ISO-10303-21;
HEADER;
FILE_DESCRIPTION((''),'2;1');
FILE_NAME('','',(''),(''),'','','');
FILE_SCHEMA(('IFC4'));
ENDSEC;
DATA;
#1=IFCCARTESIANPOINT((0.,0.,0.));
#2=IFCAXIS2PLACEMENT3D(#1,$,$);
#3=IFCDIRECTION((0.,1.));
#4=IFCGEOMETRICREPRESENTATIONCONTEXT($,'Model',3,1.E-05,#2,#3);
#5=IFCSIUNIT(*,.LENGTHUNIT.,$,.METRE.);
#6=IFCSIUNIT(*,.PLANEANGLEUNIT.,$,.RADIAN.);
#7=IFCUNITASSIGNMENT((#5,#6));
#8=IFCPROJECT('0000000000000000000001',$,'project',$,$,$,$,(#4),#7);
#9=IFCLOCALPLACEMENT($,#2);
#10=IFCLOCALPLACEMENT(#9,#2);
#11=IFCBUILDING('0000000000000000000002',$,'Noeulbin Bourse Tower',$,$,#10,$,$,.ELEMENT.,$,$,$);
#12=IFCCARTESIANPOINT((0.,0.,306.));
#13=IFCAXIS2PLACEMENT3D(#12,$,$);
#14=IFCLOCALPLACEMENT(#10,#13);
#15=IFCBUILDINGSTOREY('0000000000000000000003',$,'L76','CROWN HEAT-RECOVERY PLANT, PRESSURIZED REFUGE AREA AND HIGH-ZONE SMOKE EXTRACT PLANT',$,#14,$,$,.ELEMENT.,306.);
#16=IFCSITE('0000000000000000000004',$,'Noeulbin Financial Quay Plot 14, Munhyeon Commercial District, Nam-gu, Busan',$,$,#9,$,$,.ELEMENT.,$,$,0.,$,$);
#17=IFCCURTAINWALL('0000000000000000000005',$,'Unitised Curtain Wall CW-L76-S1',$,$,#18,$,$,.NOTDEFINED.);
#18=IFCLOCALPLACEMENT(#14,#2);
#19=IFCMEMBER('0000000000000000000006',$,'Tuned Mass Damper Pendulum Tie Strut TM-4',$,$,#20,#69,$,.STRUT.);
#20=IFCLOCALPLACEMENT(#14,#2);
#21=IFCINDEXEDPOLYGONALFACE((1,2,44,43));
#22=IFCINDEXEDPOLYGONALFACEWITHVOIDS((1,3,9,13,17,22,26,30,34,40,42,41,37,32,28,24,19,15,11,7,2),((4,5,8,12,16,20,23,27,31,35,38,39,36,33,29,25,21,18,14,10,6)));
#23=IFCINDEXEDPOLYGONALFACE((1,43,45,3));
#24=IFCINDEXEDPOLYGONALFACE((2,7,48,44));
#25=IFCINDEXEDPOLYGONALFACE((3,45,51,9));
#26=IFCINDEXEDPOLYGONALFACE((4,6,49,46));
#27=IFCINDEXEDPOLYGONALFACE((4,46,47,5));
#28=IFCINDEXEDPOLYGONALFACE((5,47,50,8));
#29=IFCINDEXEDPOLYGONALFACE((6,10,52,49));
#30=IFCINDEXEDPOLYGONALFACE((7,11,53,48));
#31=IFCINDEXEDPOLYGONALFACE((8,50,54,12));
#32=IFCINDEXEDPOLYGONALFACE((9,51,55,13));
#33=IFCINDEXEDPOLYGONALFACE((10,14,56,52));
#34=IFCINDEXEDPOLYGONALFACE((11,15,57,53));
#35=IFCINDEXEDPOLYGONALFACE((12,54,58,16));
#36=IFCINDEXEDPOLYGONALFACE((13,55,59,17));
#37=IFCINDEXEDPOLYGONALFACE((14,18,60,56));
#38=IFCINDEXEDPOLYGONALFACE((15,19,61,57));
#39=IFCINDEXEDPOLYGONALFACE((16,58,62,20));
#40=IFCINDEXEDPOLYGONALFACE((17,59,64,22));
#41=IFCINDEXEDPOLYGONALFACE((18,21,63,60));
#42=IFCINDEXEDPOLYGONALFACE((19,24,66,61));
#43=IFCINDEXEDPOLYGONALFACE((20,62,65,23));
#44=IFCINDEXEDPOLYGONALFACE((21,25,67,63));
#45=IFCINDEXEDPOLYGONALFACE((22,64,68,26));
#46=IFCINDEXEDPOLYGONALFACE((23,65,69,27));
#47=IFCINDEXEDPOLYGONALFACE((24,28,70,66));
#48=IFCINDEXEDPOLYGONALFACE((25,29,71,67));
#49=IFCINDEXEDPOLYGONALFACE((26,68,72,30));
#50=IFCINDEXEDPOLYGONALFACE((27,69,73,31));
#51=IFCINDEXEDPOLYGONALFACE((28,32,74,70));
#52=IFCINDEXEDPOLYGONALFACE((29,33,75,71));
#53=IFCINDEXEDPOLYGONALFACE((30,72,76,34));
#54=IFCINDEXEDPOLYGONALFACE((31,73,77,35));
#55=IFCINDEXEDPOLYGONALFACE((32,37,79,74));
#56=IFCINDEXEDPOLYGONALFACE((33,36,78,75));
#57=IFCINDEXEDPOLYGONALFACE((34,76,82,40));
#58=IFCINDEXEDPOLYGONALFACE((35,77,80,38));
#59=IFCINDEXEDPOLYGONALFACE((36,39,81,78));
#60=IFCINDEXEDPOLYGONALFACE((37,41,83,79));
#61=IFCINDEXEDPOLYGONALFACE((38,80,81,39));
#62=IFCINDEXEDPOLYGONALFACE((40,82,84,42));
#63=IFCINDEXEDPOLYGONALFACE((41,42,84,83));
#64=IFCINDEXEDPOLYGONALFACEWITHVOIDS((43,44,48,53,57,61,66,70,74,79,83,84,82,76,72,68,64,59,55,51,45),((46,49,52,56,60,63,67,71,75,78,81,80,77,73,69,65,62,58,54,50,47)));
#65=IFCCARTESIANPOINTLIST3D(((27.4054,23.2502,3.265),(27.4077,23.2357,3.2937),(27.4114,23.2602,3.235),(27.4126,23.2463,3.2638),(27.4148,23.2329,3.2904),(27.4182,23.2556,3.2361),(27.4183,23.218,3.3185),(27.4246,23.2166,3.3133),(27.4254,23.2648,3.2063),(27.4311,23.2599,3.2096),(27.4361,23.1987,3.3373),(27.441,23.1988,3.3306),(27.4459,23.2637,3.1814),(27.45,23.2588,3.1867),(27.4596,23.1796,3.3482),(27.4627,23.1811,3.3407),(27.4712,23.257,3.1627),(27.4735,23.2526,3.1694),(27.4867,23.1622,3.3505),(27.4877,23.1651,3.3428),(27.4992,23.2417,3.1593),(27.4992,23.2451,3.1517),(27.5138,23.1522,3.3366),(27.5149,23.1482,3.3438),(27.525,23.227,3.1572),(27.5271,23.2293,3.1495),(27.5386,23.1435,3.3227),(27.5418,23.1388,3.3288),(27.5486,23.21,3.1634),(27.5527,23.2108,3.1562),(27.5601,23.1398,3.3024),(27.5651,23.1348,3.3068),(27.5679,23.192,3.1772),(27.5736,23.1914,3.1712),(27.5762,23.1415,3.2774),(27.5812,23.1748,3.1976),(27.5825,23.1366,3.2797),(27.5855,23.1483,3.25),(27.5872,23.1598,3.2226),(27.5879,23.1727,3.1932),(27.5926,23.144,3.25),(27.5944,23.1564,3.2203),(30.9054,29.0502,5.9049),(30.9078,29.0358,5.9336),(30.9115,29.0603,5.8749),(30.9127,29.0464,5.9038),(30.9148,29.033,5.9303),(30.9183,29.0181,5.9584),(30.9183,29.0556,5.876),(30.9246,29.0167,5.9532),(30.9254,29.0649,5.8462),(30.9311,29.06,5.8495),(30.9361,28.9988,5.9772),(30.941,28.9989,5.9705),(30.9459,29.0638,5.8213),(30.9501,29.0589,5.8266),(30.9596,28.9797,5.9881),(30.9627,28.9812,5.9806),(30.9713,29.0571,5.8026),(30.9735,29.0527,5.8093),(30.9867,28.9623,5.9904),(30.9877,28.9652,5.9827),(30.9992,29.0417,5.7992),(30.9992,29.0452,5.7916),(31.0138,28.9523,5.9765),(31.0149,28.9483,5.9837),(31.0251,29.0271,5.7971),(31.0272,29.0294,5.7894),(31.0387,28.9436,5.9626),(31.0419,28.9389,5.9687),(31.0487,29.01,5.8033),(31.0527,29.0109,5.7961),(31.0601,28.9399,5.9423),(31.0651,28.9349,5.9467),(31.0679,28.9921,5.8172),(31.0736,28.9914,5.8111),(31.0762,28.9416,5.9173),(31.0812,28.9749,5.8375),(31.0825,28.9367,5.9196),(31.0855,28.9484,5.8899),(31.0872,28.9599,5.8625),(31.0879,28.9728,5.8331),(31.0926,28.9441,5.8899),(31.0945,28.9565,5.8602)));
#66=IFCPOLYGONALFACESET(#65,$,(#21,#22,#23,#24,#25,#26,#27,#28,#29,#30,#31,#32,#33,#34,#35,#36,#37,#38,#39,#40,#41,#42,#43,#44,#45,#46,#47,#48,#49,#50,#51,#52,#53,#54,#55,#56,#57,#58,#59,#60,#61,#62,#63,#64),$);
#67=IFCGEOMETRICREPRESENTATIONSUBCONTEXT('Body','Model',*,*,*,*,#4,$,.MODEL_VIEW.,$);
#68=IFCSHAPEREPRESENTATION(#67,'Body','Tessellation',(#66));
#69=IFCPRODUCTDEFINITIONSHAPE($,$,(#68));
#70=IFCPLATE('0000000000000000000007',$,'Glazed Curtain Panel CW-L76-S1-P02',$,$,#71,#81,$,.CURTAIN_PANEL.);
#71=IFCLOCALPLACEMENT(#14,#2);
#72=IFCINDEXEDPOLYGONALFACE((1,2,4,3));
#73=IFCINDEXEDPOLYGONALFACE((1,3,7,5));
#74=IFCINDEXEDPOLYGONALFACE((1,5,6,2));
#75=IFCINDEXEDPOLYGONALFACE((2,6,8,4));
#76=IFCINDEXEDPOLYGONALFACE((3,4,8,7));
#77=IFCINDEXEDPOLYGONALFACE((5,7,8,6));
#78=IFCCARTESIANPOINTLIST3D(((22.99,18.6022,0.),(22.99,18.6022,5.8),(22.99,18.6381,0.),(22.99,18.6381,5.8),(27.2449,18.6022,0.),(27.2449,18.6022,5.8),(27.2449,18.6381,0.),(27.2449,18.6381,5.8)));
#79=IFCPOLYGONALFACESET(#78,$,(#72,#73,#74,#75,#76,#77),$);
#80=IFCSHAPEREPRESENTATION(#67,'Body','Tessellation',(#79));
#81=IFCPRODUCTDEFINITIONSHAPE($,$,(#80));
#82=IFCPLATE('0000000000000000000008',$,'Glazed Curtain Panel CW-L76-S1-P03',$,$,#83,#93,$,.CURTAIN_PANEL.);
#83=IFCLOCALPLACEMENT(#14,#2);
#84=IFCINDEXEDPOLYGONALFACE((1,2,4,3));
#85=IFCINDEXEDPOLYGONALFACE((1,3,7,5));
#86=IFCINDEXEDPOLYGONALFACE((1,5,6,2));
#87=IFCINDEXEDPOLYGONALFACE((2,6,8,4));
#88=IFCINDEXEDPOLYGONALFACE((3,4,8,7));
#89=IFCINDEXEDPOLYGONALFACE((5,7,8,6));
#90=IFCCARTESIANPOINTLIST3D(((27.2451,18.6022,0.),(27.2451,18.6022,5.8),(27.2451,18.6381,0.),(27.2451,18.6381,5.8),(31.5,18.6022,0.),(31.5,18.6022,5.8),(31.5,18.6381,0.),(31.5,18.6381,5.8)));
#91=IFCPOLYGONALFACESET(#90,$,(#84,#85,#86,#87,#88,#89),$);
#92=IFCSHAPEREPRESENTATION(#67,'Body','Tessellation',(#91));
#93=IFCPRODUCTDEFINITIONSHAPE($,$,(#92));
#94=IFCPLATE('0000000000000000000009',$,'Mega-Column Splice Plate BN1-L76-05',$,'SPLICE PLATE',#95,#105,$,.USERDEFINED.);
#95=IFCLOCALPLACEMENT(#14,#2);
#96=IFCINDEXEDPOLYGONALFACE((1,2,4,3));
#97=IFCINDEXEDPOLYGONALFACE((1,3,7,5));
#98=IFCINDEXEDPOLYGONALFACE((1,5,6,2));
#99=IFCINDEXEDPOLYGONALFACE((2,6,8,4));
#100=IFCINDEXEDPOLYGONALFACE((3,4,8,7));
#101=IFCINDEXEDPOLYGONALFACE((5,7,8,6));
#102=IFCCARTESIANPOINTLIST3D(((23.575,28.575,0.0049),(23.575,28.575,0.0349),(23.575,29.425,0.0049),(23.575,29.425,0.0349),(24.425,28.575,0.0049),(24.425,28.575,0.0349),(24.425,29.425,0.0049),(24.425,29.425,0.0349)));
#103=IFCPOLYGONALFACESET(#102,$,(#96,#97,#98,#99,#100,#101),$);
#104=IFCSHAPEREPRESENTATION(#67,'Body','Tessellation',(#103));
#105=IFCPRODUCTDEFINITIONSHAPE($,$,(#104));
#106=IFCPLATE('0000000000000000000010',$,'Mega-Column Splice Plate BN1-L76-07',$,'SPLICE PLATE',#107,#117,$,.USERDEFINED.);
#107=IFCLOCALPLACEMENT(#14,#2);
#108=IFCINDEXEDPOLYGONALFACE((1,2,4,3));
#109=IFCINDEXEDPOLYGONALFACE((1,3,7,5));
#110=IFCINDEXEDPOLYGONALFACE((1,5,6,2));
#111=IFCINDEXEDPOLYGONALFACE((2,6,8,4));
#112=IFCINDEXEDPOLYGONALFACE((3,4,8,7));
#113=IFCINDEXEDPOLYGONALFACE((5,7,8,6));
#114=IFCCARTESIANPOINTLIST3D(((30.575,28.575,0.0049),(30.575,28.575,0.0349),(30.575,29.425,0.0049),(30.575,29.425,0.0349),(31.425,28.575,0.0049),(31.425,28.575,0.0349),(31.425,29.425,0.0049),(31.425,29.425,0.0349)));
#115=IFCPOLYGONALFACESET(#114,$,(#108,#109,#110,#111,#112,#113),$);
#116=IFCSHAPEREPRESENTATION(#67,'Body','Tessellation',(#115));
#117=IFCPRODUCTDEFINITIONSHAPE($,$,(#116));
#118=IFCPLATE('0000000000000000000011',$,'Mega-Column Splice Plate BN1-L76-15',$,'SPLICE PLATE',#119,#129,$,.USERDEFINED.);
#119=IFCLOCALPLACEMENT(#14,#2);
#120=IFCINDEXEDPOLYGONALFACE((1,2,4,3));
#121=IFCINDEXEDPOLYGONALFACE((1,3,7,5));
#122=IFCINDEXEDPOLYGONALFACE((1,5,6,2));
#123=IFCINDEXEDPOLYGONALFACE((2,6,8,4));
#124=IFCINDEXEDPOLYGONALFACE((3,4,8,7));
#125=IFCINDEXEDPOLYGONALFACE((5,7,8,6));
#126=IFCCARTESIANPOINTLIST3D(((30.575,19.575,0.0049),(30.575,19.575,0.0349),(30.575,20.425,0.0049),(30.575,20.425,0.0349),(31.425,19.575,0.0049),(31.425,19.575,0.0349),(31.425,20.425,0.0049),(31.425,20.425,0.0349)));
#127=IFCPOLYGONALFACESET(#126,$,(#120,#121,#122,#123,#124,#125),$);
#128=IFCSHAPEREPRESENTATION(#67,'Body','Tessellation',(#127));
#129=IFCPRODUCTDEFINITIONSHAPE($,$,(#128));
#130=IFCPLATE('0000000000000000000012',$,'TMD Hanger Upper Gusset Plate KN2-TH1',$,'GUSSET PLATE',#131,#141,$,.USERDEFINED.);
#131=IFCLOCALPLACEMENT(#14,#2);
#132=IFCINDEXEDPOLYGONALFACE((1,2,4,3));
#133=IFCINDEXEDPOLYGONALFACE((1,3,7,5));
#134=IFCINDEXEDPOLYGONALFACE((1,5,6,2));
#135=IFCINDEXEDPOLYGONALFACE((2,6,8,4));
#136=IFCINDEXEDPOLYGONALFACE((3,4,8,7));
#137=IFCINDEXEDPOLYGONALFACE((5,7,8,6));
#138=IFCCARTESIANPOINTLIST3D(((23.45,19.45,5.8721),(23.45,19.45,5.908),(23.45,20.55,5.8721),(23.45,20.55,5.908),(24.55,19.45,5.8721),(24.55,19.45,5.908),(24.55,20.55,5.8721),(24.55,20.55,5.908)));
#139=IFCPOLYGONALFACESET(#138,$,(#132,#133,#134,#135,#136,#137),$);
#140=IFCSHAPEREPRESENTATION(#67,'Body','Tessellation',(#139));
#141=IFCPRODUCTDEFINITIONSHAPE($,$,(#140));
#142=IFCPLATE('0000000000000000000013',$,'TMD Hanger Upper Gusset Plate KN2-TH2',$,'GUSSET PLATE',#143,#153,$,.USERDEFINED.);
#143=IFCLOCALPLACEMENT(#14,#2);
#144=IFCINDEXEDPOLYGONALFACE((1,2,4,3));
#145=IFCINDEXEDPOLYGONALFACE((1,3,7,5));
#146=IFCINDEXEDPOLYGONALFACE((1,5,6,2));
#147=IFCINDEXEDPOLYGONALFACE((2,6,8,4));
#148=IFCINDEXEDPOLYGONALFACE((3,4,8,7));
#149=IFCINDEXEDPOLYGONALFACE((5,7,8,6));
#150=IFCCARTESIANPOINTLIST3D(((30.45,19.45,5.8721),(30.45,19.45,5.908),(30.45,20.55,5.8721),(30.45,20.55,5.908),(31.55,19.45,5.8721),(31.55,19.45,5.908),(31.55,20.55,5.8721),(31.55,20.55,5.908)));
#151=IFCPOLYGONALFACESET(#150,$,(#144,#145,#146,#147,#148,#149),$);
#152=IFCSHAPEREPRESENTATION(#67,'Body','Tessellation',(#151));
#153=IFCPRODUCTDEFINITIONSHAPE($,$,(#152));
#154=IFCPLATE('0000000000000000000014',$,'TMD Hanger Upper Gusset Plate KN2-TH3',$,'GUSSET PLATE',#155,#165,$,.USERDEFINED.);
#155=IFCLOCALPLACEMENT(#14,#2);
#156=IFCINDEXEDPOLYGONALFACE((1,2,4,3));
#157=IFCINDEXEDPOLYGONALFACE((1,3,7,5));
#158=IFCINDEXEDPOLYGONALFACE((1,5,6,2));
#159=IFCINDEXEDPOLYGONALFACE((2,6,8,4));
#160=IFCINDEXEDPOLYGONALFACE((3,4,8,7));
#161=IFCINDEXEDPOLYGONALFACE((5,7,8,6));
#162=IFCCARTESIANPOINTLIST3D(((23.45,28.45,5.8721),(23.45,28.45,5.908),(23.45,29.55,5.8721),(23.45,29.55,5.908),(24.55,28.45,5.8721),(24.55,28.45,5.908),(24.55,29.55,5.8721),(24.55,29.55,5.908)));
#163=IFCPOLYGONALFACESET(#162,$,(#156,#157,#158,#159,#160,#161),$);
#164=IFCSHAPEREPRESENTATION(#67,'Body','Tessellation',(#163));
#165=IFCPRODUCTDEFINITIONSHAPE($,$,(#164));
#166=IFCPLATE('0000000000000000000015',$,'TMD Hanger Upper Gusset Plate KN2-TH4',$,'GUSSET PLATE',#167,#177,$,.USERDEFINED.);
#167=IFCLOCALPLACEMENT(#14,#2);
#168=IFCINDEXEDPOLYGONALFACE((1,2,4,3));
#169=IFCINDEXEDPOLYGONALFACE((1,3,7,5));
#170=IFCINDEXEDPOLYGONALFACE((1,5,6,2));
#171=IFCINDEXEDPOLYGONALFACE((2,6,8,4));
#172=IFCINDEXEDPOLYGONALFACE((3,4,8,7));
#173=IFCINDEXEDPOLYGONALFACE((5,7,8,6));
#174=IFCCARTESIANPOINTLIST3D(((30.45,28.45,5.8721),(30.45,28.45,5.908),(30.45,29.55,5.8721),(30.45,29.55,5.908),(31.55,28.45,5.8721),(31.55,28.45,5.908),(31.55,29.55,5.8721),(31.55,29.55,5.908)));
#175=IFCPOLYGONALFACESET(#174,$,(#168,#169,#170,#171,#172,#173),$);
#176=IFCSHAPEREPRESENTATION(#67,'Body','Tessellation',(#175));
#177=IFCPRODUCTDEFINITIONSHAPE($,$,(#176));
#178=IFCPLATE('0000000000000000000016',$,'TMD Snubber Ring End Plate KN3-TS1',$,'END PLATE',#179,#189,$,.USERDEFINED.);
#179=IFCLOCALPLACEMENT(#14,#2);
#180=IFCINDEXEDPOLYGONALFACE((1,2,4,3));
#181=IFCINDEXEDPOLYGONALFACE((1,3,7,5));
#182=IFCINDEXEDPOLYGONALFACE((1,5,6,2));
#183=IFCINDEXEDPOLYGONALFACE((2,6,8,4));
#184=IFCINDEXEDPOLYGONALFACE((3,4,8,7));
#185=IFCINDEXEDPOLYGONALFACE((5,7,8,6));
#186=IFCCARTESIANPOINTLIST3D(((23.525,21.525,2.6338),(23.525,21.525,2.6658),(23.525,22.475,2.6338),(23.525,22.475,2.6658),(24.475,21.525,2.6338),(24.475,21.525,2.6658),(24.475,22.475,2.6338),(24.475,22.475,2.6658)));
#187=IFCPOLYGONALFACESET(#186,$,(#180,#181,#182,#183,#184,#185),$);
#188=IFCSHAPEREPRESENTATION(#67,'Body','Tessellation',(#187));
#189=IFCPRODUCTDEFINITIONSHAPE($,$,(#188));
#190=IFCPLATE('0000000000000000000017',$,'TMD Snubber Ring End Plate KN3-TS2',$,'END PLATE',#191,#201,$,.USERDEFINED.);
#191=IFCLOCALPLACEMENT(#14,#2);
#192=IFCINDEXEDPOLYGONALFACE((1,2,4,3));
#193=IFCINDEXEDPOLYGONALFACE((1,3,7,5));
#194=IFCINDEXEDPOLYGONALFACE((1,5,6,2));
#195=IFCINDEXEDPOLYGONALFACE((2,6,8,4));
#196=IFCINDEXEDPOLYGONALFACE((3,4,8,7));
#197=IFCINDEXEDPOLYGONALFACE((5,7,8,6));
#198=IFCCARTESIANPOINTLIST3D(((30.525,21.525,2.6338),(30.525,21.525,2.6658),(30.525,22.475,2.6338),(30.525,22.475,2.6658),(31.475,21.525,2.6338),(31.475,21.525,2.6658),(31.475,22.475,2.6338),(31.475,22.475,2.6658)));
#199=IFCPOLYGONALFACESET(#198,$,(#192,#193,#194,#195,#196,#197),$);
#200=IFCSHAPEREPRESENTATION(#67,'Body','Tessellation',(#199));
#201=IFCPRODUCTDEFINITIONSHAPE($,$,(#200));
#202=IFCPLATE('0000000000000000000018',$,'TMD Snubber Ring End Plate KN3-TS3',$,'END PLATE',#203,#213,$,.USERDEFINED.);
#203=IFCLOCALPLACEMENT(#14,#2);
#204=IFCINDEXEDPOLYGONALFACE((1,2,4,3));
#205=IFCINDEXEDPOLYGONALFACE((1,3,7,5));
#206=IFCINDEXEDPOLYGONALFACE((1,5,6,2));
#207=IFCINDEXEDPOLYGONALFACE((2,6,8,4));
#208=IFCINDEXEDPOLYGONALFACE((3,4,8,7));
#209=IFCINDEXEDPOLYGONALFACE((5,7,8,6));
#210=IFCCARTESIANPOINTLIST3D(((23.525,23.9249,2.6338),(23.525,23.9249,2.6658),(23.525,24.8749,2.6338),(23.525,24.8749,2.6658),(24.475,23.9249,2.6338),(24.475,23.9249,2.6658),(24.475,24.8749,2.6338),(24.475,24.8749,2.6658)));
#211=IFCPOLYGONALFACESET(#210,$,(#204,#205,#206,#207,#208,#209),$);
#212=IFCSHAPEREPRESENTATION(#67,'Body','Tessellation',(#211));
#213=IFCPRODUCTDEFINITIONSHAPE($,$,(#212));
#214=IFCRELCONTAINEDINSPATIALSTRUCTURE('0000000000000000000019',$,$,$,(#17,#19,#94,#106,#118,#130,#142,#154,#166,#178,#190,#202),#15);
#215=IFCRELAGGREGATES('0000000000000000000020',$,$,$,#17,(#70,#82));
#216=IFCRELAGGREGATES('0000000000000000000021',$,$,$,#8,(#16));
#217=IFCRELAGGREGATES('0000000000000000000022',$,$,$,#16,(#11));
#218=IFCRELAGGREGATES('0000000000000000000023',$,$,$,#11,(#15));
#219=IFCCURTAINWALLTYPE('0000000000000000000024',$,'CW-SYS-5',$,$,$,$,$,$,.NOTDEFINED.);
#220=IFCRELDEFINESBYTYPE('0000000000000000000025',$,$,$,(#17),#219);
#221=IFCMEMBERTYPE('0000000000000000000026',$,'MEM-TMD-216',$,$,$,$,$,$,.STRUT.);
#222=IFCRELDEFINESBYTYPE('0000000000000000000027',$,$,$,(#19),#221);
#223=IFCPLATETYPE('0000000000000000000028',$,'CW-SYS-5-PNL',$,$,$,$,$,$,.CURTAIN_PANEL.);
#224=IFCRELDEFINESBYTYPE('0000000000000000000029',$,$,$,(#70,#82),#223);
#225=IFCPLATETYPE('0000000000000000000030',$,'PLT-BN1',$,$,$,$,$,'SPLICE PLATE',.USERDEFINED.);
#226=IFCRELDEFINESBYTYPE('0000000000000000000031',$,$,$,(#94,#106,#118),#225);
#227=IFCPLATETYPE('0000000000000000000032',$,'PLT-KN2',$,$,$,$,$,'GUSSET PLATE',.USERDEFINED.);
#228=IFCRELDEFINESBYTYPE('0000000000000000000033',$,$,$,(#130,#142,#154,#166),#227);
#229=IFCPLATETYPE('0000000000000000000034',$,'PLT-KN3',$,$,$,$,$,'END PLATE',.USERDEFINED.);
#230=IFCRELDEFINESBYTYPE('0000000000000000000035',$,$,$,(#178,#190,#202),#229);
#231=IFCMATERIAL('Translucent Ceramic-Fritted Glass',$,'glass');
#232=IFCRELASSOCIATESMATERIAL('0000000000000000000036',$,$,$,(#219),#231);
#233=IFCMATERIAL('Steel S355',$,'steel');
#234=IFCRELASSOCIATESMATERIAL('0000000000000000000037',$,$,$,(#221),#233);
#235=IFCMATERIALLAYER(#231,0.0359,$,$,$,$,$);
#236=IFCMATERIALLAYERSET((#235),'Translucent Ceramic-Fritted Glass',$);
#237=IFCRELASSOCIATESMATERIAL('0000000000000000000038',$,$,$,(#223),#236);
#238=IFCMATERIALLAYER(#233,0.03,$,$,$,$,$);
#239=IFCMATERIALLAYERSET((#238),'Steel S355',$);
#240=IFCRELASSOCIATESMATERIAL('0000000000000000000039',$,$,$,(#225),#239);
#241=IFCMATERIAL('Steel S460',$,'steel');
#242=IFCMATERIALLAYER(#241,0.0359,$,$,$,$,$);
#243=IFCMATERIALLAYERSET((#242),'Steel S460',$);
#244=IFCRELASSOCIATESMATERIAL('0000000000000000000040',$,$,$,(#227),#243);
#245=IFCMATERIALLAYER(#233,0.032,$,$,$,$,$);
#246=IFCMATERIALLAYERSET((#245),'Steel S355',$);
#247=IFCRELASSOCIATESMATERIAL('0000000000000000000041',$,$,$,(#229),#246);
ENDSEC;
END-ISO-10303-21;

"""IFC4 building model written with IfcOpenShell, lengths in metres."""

from ifc_helpers import new_model, si_unit, direction, frame, origin, origin_2d, place, context, subcontext, project, spatial, rectangle, hollow_circle, extrude, material, layer, layer_set, material_profile, profile_set, type_object, element, aggregate, save


model = new_model("IFC4")

# Units and contexts
model_context = context("Model", 3, precision=1e-05, world=origin(), true_north=direction((0.0, 1.0)))
body_context = subcontext(model_context, "Body", "Model", "MODEL_VIEW")
ifc_project = project(units=[si_unit("LENGTHUNIT", "METRE"), si_unit("PLANEANGLEUNIT", "RADIAN")], contexts=[model_context])

# Site, building, storey
site_placement = place(None, origin())
site = spatial("IfcSite", under=ifc_project, at=site_placement, Name="Noeulbin Financial Quay Plot 14, Munhyeon Commercial District, Nam-gu, Busan", CompositionType="ELEMENT", RefElevation=0.0)
building_placement = place(site_placement, origin())
building = spatial("IfcBuilding", under=site, at=building_placement, Name="Noeulbin Bourse Tower", CompositionType="ELEMENT")
storey_placement = place(building_placement, frame((0.0, 0.0, 306.0)))
storey = spatial("IfcBuildingStorey", under=building, at=storey_placement, Name="L76", Description="CROWN HEAT-RECOVERY PLANT, PRESSURIZED REFUGE AREA AND HIGH-ZONE SMOKE EXTRACT PLANT", CompositionType="ELEMENT", Elevation=306.0)

# Shared definitions
ifc_material_1 = material(Name="Steel S355", Category="steel")

# Shared definitions
ifc_material_2 = material(Name="Steel S460", Category="steel")

# Curtain wall
ifc_material_3 = material(Name="Translucent Ceramic-Fritted Glass", Category="glass")
curtain_wall_type = type_object("IfcCurtainWallType", Name="CW-SYS-5", PredefinedType="NOTDEFINED", material=ifc_material_3)
curtain_wall_placement = place(storey_placement, origin())
curtain_wall = element("IfcCurtainWall", 1, at=curtain_wall_placement, inside=storey, type_object=curtain_wall_type, Name="Unitised Curtain Wall CW-L76-S1", PredefinedType="NOTDEFINED")

# Member
ifc_material_profile_1 = material_profile(ifc_material_1, hollow_circle(Radius=0.1082, WallThickness=0.0083, at=origin_2d()), Name="CHS-216.3x8.2", Category="LoadBearing")
ifc_profile_set_1 = profile_set([ifc_material_profile_1], Name="Steel S355")
member_type_1 = type_object("IfcMemberType", Name="MEM-TMD-216", PredefinedType="STRUT", material=ifc_profile_set_1)
for number, where, z_axis, x_axis, name in (
    (2, (31.0, 29.0, 5.8899), (-0.4814, -0.797755, -0.363098), (0.85619, -0.516662, 0.0), "Tuned Mass Damper Pendulum Tie Strut TM-4"),
):
    element("IfcMember", number, at=place(storey_placement, frame(where, z_axis=z_axis, x_axis=x_axis)), inside=storey, type_object=member_type_1, Name=name, PredefinedType="STRUT", context=body_context, shape_type="SweptSolid", body=[
        extrude(hollow_circle(Radius=0.1082, WallThickness=0.0083, at=origin_2d()), origin(), (0.0, 0.0, 1.0), 7.2705),
    ])

# Plates
ifc_layer_1 = layer(ifc_material_3, 0.0359)
ifc_layer_set_1 = layer_set([ifc_layer_1], Name="Translucent Ceramic-Fritted Glass")
plate_type_1 = type_object("IfcPlateType", Name="CW-SYS-5-PNL", PredefinedType="CURTAIN_PANEL", material=ifc_layer_set_1)
plate_1_placement = place(storey_placement, frame((25.1174, 18.6201, 0.0), z_axis=(0.0, 0.0, 1.0), x_axis=(1.0, 0.0, 0.0)))
plate_1 = element("IfcPlate", 3, at=plate_1_placement, type_object=plate_type_1, Name="Glazed Curtain Panel CW-L76-S1-P02", PredefinedType="CURTAIN_PANEL", context=body_context, shape_type="SweptSolid", body=[
    extrude(rectangle(XDim=4.2549, YDim=0.0359, at=origin_2d()), origin(), (0.0, 0.0, 1.0), 5.8),
])
plate_2_placement = place(storey_placement, frame((29.3726, 18.6201, 0.0), z_axis=(0.0, 0.0, 1.0), x_axis=(1.0, 0.0, 0.0)))
plate_2 = element("IfcPlate", 4, at=plate_2_placement, type_object=plate_type_1, Name="Glazed Curtain Panel CW-L76-S1-P03", PredefinedType="CURTAIN_PANEL", context=body_context, shape_type="SweptSolid", body=[
    extrude(rectangle(XDim=4.2549, YDim=0.0359, at=origin_2d()), origin(), (0.0, 0.0, 1.0), 5.8),
])
aggregate(curtain_wall, [plate_1, plate_2])

# Plates
ifc_layer_2 = layer(ifc_material_1, 0.03)
ifc_layer_set_2 = layer_set([ifc_layer_2], Name="Steel S355")
plate_type_2 = type_object("IfcPlateType", Name="PLT-BN1", ElementType="SPLICE PLATE", PredefinedType="USERDEFINED", material=ifc_layer_set_2)
for number, where, z_axis, x_axis, name in (
    (5, (24.0, 29.0, 0.0049), (0.0, 0.0, 1.0), (1.0, 0.0, 0.0), "Mega-Column Splice Plate BN1-L76-05"),
    (6, (31.0, 29.0, 0.0049), (0.0, 0.0, 1.0), (1.0, 0.0, 0.0), "Mega-Column Splice Plate BN1-L76-07"),
    (7, (31.0, 20.0, 0.0049), (0.0, 0.0, 1.0), (1.0, 0.0, 0.0), "Mega-Column Splice Plate BN1-L76-15"),
):
    element("IfcPlate", number, at=place(storey_placement, frame(where, z_axis=z_axis, x_axis=x_axis)), inside=storey, type_object=plate_type_2, Name=name, ObjectType="SPLICE PLATE", PredefinedType="USERDEFINED", context=body_context, shape_type="SweptSolid", body=[
        extrude(rectangle(XDim=0.8501, YDim=0.8501, at=origin_2d()), origin(), (0.0, 0.0, 1.0), 0.03),
    ])
ifc_layer_3 = layer(ifc_material_2, 0.0359)
ifc_layer_set_3 = layer_set([ifc_layer_3], Name="Steel S460")
plate_type_3 = type_object("IfcPlateType", Name="PLT-KN2", ElementType="GUSSET PLATE", PredefinedType="USERDEFINED", material=ifc_layer_set_3)
for number, where, z_axis, x_axis, name in (
    (8, (24.0, 20.0, 5.8721), (0.0, 0.0, 1.0), (1.0, 0.0, 0.0), "TMD Hanger Upper Gusset Plate KN2-TH1"),
    (9, (31.0, 20.0, 5.8721), (0.0, 0.0, 1.0), (1.0, 0.0, 0.0), "TMD Hanger Upper Gusset Plate KN2-TH2"),
    (10, (24.0, 29.0, 5.8721), (0.0, 0.0, 1.0), (1.0, 0.0, 0.0), "TMD Hanger Upper Gusset Plate KN2-TH3"),
    (11, (31.0, 29.0, 5.8721), (0.0, 0.0, 1.0), (1.0, 0.0, 0.0), "TMD Hanger Upper Gusset Plate KN2-TH4"),
):
    element("IfcPlate", number, at=place(storey_placement, frame(where, z_axis=z_axis, x_axis=x_axis)), inside=storey, type_object=plate_type_3, Name=name, ObjectType="GUSSET PLATE", PredefinedType="USERDEFINED", context=body_context, shape_type="SweptSolid", body=[
        extrude(rectangle(XDim=1.1001, YDim=1.1001, at=origin_2d()), origin(), (0.0, 0.0, 1.0), 0.0359),
    ])
ifc_layer_4 = layer(ifc_material_1, 0.032)
ifc_layer_set_4 = layer_set([ifc_layer_4], Name="Steel S355")
plate_type_4 = type_object("IfcPlateType", Name="PLT-KN3", ElementType="END PLATE", PredefinedType="USERDEFINED", material=ifc_layer_set_4)
for number, where, z_axis, x_axis, name in (
    (12, (24.0, 22.0, 2.6338), (0.0, 0.0, 1.0), (1.0, 0.0, 0.0), "TMD Snubber Ring End Plate KN3-TS1"),
    (13, (31.0, 22.0, 2.6338), (0.0, 0.0, 1.0), (1.0, 0.0, 0.0), "TMD Snubber Ring End Plate KN3-TS2"),
    (14, (24.0, 24.3999, 2.6338), (0.0, 0.0, 1.0), (1.0, 0.0, 0.0), "TMD Snubber Ring End Plate KN3-TS3"),
):
    element("IfcPlate", number, at=place(storey_placement, frame(where, z_axis=z_axis, x_axis=x_axis)), inside=storey, type_object=plate_type_4, Name=name, ObjectType="END PLATE", PredefinedType="USERDEFINED", context=body_context, shape_type="SweptSolid", body=[
        extrude(rectangle(XDim=0.95, YDim=0.95, at=origin_2d()), origin(), (0.0, 0.0, 1.0), 0.032),
    ])

save(model, "model.ifc")
